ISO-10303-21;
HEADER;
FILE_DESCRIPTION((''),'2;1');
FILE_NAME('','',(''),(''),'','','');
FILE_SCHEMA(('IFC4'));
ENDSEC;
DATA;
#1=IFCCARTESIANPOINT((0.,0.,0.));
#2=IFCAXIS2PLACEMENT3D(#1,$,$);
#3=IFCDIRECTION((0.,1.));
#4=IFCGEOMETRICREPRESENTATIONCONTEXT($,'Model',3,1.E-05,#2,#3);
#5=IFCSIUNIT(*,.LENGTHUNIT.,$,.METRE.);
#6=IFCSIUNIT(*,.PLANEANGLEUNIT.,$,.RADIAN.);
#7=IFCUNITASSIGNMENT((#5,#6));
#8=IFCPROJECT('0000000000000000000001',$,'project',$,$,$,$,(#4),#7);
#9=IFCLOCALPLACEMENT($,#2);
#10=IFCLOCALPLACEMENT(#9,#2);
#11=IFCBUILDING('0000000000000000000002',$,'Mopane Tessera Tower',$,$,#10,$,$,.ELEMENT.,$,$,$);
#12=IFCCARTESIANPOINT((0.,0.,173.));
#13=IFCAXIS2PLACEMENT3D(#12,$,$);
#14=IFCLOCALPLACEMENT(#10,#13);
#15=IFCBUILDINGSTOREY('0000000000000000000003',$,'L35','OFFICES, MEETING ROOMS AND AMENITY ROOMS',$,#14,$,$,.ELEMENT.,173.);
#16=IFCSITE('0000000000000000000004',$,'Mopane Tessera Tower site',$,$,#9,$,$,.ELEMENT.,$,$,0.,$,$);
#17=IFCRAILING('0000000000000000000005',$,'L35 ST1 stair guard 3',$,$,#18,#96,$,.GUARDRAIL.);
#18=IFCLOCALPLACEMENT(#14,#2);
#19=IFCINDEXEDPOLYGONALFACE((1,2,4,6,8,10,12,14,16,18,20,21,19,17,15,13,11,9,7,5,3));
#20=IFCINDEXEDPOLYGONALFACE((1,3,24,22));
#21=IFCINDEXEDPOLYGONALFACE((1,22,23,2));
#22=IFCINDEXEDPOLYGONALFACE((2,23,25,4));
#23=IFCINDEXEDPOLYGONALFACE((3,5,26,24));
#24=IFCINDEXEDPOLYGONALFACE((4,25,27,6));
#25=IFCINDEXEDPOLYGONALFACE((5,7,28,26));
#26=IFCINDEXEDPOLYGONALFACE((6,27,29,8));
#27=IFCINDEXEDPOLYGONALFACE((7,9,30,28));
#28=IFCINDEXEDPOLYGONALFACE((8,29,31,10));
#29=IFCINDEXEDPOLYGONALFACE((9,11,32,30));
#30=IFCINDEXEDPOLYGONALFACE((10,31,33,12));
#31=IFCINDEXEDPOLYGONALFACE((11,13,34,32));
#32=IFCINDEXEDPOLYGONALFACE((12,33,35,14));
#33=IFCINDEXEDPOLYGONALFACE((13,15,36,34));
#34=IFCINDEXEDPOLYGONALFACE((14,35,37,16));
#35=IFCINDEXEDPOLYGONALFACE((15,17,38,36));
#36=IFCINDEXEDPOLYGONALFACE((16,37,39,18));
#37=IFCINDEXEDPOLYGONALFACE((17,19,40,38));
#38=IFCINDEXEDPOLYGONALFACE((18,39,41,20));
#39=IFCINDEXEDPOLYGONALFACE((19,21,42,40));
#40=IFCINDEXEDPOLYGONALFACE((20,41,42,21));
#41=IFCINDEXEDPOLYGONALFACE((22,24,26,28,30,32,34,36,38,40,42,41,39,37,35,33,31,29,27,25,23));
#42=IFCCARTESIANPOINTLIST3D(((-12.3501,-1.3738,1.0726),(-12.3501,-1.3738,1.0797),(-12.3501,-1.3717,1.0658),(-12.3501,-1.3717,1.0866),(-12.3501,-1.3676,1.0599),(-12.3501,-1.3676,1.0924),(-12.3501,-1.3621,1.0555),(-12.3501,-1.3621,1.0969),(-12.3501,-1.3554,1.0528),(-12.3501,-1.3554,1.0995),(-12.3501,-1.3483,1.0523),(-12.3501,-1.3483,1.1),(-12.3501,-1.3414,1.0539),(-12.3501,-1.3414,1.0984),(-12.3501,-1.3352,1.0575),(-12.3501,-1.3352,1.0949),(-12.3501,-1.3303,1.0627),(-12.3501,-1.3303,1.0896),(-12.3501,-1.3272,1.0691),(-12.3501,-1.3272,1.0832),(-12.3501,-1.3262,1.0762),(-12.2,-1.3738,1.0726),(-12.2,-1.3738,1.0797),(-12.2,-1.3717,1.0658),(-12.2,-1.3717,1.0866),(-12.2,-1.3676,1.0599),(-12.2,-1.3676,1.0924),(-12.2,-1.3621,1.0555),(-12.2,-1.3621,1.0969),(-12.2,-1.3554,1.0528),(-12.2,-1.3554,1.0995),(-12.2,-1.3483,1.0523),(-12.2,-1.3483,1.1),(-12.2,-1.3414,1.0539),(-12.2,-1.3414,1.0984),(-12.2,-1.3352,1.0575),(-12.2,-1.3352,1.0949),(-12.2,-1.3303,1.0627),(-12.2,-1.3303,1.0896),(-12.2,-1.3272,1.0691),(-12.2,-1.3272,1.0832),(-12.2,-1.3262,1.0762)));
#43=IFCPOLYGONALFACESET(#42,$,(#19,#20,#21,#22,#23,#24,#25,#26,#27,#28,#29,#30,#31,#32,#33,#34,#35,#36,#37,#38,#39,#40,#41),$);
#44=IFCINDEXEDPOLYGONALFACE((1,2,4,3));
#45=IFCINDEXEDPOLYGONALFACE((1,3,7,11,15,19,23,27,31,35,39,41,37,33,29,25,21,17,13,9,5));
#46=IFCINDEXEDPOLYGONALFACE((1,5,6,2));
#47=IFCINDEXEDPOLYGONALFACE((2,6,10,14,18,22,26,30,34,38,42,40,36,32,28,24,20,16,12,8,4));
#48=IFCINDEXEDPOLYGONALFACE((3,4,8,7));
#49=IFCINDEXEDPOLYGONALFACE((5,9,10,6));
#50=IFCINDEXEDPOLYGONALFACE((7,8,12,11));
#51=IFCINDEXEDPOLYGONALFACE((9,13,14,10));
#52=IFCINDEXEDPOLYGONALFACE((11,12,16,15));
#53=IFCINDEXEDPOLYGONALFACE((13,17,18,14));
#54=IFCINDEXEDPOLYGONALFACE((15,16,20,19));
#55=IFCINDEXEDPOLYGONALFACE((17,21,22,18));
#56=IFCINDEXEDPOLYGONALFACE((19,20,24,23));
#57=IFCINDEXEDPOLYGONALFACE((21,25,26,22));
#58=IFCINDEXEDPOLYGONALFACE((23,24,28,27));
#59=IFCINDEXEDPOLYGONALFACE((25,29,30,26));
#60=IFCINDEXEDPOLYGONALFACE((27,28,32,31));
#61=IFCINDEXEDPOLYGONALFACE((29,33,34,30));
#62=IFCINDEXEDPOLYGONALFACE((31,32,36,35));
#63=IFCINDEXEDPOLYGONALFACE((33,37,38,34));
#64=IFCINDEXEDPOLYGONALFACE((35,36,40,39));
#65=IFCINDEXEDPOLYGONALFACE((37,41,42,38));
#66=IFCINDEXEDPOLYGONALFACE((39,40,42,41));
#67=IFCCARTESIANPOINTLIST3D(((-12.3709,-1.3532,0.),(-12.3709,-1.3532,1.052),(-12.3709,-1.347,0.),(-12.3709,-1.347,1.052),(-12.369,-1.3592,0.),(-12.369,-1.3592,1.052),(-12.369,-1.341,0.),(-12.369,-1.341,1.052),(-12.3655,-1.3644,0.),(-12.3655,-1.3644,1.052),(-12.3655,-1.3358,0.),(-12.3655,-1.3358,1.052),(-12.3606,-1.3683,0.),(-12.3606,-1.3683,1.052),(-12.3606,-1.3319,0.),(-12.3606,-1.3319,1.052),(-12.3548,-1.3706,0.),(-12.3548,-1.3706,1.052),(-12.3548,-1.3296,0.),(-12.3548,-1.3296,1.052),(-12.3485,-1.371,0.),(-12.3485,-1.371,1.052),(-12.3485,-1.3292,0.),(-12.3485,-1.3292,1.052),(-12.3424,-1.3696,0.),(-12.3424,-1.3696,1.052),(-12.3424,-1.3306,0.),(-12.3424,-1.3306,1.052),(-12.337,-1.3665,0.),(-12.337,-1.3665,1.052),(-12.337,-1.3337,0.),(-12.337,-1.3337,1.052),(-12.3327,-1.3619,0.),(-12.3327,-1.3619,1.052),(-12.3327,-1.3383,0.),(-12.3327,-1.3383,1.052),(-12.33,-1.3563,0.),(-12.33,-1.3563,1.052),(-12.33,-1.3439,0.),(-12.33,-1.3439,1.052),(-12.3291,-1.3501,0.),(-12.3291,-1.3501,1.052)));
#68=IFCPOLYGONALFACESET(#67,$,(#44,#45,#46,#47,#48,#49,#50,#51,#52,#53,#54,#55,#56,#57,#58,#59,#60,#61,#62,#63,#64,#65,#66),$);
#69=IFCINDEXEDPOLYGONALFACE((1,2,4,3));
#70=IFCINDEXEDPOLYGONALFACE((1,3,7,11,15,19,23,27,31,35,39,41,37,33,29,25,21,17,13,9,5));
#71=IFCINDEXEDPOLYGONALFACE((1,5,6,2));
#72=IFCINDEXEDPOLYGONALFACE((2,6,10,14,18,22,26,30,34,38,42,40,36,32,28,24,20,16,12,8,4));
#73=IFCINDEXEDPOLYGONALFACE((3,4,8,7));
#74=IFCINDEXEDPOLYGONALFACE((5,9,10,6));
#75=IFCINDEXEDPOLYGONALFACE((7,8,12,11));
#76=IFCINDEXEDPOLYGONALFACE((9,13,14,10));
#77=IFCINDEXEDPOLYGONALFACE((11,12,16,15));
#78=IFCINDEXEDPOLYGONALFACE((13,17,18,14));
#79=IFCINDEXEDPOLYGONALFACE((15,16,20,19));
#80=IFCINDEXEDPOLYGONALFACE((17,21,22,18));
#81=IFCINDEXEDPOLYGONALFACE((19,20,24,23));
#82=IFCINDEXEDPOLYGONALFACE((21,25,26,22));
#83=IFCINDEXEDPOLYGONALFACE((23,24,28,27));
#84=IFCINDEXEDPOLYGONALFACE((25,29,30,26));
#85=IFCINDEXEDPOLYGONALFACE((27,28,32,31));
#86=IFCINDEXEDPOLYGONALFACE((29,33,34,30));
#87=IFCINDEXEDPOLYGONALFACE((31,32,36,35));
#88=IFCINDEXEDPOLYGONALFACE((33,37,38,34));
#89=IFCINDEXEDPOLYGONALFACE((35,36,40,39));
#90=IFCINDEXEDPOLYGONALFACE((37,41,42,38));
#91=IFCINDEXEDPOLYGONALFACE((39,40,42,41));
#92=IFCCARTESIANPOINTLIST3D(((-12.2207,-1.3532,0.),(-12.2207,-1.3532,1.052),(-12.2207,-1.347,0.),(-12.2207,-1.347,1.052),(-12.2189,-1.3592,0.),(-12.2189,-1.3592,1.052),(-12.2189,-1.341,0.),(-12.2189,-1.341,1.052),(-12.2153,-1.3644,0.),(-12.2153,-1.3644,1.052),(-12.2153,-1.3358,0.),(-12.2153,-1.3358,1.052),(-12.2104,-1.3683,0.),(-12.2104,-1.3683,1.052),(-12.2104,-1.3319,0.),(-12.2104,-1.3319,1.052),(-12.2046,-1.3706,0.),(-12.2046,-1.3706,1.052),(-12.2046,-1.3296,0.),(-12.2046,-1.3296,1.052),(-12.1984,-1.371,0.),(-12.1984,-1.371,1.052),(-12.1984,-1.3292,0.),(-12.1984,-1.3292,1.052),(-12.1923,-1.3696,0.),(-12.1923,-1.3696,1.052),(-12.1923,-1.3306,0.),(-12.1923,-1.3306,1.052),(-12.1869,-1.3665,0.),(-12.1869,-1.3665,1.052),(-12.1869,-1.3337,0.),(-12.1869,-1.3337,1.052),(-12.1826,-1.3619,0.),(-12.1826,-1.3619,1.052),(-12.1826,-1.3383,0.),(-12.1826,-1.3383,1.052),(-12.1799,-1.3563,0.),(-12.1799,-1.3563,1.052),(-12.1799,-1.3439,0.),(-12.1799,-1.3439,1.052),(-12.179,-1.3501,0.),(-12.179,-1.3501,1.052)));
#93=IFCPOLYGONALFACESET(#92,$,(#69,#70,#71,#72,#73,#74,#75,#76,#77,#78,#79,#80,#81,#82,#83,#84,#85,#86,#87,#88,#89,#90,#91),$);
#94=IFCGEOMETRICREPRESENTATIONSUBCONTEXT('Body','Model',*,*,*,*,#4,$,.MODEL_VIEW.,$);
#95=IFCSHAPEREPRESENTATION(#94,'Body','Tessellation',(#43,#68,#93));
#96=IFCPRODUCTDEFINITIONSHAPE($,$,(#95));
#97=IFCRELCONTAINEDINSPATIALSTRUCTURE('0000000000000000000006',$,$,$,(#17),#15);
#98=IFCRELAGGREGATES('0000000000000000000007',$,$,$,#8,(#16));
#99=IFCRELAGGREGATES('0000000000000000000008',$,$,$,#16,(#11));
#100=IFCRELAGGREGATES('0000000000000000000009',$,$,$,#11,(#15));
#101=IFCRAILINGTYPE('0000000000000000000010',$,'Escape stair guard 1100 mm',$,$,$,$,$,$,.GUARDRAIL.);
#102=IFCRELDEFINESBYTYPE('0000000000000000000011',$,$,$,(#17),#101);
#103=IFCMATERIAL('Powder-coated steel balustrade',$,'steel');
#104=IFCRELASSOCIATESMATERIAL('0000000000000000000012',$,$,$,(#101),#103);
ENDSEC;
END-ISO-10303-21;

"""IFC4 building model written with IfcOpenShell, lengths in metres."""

from ifc_helpers import new_model, si_unit, direction, frame, origin, origin_2d, place, context, subcontext, project, spatial, circle, extrude, material, type_object, element, save


model = new_model("IFC4")

# Units and contexts
model_context = context("Model", 3, precision=1e-05, world=origin(), true_north=direction((0.0, 1.0)))
body_context = subcontext(model_context, "Body", "Model", "MODEL_VIEW")
ifc_project = project(units=[si_unit("LENGTHUNIT", "METRE"), si_unit("PLANEANGLEUNIT", "RADIAN")], contexts=[model_context])

# Site, building, storey
site_placement = place(None, origin())
site = spatial("IfcSite", under=ifc_project, at=site_placement, Name="Mopane Tessera Tower site", CompositionType="ELEMENT", RefElevation=0.0)
building_placement = place(site_placement, origin())
building = spatial("IfcBuilding", under=site, at=building_placement, Name="Mopane Tessera Tower", CompositionType="ELEMENT")
storey_placement = place(building_placement, frame((0.0, 0.0, 173.0)))
storey = spatial("IfcBuildingStorey", under=building, at=storey_placement, Name="L35", Description="OFFICES, MEETING ROOMS AND AMENITY ROOMS", CompositionType="ELEMENT", Elevation=173.0)

# Railing
ifc_material_1 = material(Name="Powder-coated steel balustrade", Category="steel")
railing_type_1 = type_object("IfcRailingType", Name="Escape stair guard 1100 mm", PredefinedType="GUARDRAIL", material=ifc_material_1)
railing_1_placement = place(storey_placement, frame((-12.3501, -1.3501, 0.0)))
element("IfcRailing", 1, at=railing_1_placement, inside=storey, type_object=railing_type_1, Name="L35 ST1 stair guard 3", PredefinedType="GUARDRAIL", context=body_context, shape_type="SweptSolid", body=[
    extrude(circle(Radius=0.0239, at=origin_2d()), frame((0.0, 0.0, 1.0762), z_axis=(1.0, 0.0, 0.0), x_axis=(0.0, 1.0, 0.0)), (0.0, 0.0, 1.0), 0.1501),
    extrude(circle(Radius=0.021, at=origin_2d()), origin(), (0.0, 0.0, 1.0), 1.052),
    extrude(circle(Radius=0.021, at=origin_2d()), frame((0.1501, 0.0, 0.0)), (0.0, 0.0, 1.0), 1.052),
])

save(model, "model.ifc")
